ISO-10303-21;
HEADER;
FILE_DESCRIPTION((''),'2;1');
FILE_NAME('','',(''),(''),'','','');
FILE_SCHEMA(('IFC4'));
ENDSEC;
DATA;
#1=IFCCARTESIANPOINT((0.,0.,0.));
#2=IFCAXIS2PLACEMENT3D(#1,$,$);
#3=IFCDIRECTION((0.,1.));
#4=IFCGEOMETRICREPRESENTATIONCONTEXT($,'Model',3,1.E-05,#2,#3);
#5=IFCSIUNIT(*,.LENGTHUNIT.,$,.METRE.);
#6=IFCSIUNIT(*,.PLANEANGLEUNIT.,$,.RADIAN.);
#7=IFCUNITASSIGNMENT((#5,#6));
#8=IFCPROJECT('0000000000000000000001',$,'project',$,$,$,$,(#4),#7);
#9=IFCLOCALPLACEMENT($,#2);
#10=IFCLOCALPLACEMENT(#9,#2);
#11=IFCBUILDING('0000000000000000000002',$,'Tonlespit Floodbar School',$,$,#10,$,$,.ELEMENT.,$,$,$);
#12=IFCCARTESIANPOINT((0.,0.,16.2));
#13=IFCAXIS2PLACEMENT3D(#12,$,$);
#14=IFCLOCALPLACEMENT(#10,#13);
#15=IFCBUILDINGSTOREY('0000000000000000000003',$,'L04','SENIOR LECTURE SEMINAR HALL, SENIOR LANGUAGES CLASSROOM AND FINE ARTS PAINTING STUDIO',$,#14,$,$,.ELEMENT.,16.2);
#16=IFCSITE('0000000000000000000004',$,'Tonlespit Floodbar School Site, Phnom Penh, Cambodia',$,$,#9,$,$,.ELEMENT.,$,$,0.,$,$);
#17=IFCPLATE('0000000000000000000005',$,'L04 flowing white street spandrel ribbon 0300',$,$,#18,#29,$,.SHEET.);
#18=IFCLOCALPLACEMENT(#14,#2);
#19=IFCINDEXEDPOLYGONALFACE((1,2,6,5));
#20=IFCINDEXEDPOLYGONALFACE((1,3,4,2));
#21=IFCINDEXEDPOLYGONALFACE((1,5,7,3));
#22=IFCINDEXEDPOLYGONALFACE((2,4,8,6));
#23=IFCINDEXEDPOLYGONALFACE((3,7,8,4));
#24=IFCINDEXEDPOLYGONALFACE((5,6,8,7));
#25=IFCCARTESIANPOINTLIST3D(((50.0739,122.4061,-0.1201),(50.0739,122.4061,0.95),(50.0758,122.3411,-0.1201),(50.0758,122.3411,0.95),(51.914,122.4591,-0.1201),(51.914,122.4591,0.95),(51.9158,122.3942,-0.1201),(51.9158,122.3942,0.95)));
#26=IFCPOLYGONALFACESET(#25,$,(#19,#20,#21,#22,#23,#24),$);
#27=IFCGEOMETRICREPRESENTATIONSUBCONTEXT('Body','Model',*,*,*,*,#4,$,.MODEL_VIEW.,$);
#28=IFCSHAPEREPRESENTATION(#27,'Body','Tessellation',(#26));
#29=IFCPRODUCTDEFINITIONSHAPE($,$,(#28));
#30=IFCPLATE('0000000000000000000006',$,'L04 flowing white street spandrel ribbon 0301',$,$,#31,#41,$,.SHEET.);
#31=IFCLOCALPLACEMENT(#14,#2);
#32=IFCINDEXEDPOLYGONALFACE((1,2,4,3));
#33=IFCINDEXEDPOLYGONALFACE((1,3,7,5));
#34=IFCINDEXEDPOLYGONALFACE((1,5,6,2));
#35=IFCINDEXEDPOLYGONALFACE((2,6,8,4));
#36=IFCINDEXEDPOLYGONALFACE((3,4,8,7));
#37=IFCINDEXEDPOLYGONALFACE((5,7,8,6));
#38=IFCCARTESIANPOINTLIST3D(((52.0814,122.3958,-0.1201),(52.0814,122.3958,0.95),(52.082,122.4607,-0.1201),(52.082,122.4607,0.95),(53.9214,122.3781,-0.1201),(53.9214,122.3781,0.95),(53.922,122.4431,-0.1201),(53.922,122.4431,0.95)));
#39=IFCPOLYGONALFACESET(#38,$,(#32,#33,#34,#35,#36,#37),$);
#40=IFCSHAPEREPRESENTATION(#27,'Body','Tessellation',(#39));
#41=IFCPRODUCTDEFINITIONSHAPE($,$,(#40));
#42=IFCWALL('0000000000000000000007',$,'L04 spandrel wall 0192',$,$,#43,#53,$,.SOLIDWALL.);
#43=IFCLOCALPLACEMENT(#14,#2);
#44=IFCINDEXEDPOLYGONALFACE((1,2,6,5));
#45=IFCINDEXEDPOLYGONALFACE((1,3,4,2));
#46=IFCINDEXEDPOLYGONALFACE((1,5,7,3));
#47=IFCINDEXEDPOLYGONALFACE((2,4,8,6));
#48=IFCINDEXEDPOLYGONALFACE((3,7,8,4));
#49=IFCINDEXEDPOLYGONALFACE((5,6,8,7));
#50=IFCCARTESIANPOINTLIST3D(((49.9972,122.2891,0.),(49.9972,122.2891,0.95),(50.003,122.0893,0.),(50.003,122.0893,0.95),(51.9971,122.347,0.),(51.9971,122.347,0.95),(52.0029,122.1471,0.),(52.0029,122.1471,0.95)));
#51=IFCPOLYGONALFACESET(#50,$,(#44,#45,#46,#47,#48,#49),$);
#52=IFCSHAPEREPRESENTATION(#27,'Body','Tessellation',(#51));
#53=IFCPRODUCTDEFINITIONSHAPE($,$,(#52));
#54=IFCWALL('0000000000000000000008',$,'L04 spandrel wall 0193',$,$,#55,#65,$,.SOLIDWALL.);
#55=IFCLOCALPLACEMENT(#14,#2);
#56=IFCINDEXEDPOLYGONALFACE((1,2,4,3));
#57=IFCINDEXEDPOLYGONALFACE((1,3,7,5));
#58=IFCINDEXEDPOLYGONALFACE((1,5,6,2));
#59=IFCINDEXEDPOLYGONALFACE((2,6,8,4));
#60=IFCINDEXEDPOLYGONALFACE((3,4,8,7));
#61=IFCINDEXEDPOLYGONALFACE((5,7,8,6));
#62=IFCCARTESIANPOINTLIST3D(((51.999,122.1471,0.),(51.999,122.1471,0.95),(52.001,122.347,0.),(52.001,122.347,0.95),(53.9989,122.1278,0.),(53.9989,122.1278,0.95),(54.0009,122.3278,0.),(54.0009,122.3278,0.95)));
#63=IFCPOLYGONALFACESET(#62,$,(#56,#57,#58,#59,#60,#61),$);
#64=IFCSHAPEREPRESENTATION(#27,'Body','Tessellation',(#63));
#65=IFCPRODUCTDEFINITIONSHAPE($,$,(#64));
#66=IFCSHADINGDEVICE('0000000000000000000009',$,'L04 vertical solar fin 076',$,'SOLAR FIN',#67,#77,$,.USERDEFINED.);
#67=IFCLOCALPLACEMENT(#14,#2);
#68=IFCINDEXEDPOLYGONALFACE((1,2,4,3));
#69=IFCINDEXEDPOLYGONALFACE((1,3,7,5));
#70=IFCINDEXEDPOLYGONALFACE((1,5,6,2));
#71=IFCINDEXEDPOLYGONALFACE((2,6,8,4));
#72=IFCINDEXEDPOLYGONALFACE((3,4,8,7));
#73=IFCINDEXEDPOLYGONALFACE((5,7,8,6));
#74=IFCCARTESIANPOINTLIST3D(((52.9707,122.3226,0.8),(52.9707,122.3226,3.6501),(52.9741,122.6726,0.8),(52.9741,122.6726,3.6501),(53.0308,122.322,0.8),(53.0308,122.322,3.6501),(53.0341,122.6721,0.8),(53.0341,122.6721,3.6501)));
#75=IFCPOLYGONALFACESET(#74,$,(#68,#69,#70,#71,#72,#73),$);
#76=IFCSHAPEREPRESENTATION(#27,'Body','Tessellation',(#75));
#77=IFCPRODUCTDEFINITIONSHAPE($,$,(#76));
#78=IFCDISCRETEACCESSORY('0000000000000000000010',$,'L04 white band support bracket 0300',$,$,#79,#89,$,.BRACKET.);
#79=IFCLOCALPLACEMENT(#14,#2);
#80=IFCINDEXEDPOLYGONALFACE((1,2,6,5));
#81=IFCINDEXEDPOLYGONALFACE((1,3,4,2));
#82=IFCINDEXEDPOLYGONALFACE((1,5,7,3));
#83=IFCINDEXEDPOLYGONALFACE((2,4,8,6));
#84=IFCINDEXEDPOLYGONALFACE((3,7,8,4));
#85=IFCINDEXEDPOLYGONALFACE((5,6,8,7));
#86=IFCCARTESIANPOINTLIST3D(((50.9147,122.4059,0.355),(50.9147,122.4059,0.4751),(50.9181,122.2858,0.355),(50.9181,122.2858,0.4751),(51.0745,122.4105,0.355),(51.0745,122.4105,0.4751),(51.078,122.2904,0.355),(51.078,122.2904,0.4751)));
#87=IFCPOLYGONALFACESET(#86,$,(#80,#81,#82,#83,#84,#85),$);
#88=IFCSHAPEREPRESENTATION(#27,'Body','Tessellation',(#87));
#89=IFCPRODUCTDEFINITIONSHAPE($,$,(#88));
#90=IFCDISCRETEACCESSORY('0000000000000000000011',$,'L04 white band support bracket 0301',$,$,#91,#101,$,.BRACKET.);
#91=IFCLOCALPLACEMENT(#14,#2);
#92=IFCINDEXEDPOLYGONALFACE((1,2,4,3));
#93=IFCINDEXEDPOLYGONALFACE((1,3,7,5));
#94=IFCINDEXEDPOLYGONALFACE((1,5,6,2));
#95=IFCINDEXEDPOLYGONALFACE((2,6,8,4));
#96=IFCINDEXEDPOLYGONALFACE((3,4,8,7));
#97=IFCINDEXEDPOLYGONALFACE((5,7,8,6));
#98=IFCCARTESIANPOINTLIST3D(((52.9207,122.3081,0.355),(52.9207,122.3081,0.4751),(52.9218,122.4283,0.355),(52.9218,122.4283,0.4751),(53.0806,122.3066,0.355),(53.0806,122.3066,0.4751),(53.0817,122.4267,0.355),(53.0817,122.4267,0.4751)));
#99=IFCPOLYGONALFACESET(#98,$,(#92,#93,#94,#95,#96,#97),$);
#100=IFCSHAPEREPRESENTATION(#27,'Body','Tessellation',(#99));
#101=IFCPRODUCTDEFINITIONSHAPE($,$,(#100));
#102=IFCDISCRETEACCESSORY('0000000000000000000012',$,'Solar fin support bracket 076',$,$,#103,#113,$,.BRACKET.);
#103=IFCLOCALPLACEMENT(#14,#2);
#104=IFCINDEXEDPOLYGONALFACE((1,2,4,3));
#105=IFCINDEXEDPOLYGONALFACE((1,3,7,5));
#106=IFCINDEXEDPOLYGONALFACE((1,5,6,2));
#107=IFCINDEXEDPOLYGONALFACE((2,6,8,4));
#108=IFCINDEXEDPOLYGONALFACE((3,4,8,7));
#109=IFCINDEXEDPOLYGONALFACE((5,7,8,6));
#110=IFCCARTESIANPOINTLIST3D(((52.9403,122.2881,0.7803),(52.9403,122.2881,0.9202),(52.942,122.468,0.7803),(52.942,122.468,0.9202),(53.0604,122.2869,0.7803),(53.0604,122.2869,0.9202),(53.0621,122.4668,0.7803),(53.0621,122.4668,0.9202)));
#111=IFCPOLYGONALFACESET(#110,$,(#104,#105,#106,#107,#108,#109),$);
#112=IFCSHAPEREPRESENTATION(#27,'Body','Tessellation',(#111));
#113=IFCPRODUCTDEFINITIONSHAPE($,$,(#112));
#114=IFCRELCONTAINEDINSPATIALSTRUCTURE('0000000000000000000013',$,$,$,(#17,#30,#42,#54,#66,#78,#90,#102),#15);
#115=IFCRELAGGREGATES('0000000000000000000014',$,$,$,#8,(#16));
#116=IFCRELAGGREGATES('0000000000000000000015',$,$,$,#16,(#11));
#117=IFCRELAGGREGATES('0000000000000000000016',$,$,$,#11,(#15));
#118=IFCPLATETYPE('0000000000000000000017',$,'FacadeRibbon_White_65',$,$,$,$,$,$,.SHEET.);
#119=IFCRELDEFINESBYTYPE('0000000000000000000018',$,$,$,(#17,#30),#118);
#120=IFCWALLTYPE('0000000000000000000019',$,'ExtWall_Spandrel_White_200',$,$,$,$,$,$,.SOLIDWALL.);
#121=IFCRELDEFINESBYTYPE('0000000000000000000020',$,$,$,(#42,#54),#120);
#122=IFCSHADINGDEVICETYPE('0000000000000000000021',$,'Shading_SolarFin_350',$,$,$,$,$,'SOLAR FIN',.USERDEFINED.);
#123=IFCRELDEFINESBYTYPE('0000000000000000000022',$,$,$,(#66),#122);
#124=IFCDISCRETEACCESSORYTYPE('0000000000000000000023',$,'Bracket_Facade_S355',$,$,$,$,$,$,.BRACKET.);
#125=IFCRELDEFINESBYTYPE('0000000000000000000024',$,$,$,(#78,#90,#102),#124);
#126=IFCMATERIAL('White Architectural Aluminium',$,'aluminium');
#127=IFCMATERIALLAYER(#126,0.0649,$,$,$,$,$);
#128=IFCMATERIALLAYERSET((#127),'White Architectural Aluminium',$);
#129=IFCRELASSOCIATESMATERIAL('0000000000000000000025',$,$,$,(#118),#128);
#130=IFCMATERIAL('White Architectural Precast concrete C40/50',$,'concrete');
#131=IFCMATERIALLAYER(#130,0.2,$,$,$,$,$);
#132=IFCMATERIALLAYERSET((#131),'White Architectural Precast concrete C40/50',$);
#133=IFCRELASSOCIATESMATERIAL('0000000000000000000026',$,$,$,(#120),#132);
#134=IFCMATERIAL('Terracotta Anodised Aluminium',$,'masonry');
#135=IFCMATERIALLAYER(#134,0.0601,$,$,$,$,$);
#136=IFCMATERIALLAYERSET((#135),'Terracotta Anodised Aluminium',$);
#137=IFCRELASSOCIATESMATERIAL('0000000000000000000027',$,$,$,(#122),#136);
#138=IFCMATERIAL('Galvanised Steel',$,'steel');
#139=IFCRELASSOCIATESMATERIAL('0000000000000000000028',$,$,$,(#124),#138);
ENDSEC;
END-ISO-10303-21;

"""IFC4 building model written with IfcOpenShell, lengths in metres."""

from ifc_helpers import new_model, si_unit, direction, frame, frame_2d, origin, origin_2d, place, context, subcontext, project, spatial, rectangle, extrude, material, layer, layer_set, type_object, element, save


model = new_model("IFC4")

# Units and contexts
model_context = context("Model", 3, precision=1e-05, world=origin(), true_north=direction((0.0, 1.0)))
body_context = subcontext(model_context, "Body", "Model", "MODEL_VIEW")
ifc_project = project(units=[si_unit("LENGTHUNIT", "METRE"), si_unit("PLANEANGLEUNIT", "RADIAN")], contexts=[model_context])

# Site, building, storey
site_placement = place(None, origin())
site = spatial("IfcSite", under=ifc_project, at=site_placement, Name="Tonlespit Floodbar School Site, Phnom Penh, Cambodia", CompositionType="ELEMENT", RefElevation=0.0)
building_placement = place(site_placement, origin())
building = spatial("IfcBuilding", under=site, at=building_placement, Name="Tonlespit Floodbar School", CompositionType="ELEMENT")
storey_placement = place(building_placement, frame((0.0, 0.0, 16.2)))
storey = spatial("IfcBuildingStorey", under=building, at=storey_placement, Name="L04", Description="SENIOR LECTURE SEMINAR HALL, SENIOR LANGUAGES CLASSROOM AND FINE ARTS PAINTING STUDIO", CompositionType="ELEMENT", Elevation=16.2)

# Plates
ifc_material_1 = material(Name="White Architectural Aluminium", Category="aluminium")
ifc_layer_1 = layer(ifc_material_1, 0.0649)
ifc_layer_set_1 = layer_set([ifc_layer_1], Name="White Architectural Aluminium")
plate_type_1 = type_object("IfcPlateType", Name="FacadeRibbon_White_65", PredefinedType="SHEET", material=ifc_layer_set_1)
plate_1_placement = place(storey_placement, frame((50.9949, 122.4001, -0.1201), z_axis=(0.0, 0.0, 1.0), x_axis=(0.999584, 0.028838, 0.0)))
element("IfcPlate", 1, at=plate_1_placement, inside=storey, type_object=plate_type_1, Name="L04 flowing white street spandrel ribbon 0300", PredefinedType="SHEET", context=body_context, shape_type="SweptSolid", body=[
    extrude(rectangle(XDim=1.8408, YDim=0.0649, at=origin_2d()), origin(), (0.0, 0.0, 1.0), 1.0701),
])
plate_2_placement = place(storey_placement, frame((53.0017, 122.4194, -0.1201), z_axis=(0.0, 0.0, 1.0), x_axis=(0.999954, -0.009599, 0.0)))
element("IfcPlate", 2, at=plate_2_placement, inside=storey, type_object=plate_type_1, Name="L04 flowing white street spandrel ribbon 0301", PredefinedType="SHEET", context=body_context, shape_type="SweptSolid", body=[
    extrude(rectangle(XDim=1.8401, YDim=0.0649, at=origin_2d()), origin(), (0.0, 0.0, 1.0), 1.0701),
])

# Walls
ifc_material_2 = material(Name="White Architectural Precast concrete C40/50", Category="concrete")
ifc_layer_2 = layer(ifc_material_2, 0.2)
ifc_layer_set_2 = layer_set([ifc_layer_2], Name="White Architectural Precast concrete C40/50")
wall_type = type_object("IfcWallType", Name="ExtWall_Spandrel_White_200", PredefinedType="SOLIDWALL", material=ifc_layer_set_2)
wall_1_placement = place(storey_placement, frame((50.0, 122.1892, 0.0), z_axis=(0.0, 0.0, 1.0), x_axis=(0.999582, 0.028919, 0.0)))
element("IfcWall", 3, at=wall_1_placement, inside=storey, type_object=wall_type, Name="L04 spandrel wall 0192", PredefinedType="SOLIDWALL", context=body_context, shape_type="SweptSolid", body=[
    extrude(rectangle(XDim=2.0007, YDim=0.2, at=frame_2d((1.0005, 0.0))), origin(), (0.0, 0.0, 1.0), 0.95),
])
wall_2_placement = place(storey_placement, frame((52.0, 122.2471, 0.0), z_axis=(0.0, 0.0, 1.0), x_axis=(0.999954, -0.009643, 0.0)))
element("IfcWall", 4, at=wall_2_placement, inside=storey, type_object=wall_type, Name="L04 spandrel wall 0193", PredefinedType="SOLIDWALL", context=body_context, shape_type="SweptSolid", body=[
    extrude(rectangle(XDim=2.0, YDim=0.2, at=frame_2d((1.0, 0.0))), origin(), (0.0, 0.0, 1.0), 0.95),
])

# Shading device
ifc_material_3 = material(Name="Terracotta Anodised Aluminium", Category="masonry")
ifc_layer_3 = layer(ifc_material_3, 0.0601)
ifc_layer_set_3 = layer_set([ifc_layer_3], Name="Terracotta Anodised Aluminium")
shading_device_type = type_object("IfcShadingDeviceType", Name="Shading_SolarFin_350", ElementType="SOLAR FIN", PredefinedType="USERDEFINED", material=ifc_layer_set_3)
shading_device_placement = place(storey_placement, frame((53.0024, 122.4973, 0.8), z_axis=(0.0, 0.0, 1.0), x_axis=(0.999954, -0.009599, 0.0)))
element("IfcShadingDevice", 5, at=shading_device_placement, inside=storey, type_object=shading_device_type, Name="L04 vertical solar fin 076", ObjectType="SOLAR FIN", PredefinedType="USERDEFINED", context=body_context, shape_type="SweptSolid", body=[
    extrude(rectangle(XDim=0.0601, YDim=0.3501, at=origin_2d()), origin(), (0.0, 0.0, 1.0), 2.8501),
])

# Discrete accessories
ifc_material_4 = material(Name="Galvanised Steel", Category="steel")
discrete_accessory_type = type_object("IfcDiscreteAccessoryType", Name="Bracket_Facade_S355", PredefinedType="BRACKET", material=ifc_material_4)
for number, where, z_axis, x_axis, name in (
    (6, (50.9963, 122.3481, 0.355), (0.0, 0.0, 1.0), (0.999584, 0.028838, 0.0), "L04 white band support bracket 0300"),
    (7, (53.0012, 122.3674, 0.355), (0.0, 0.0, 1.0), (0.999954, -0.009599, 0.0), "L04 white band support bracket 0301"),
):
    element("IfcDiscreteAccessory", number, at=place(storey_placement, frame(where, z_axis=z_axis, x_axis=x_axis)), inside=storey, type_object=discrete_accessory_type, Name=name, PredefinedType="BRACKET", context=body_context, shape_type="SweptSolid", body=[
        extrude(rectangle(XDim=0.1599, YDim=0.1201, at=origin_2d()), origin(), (0.0, 0.0, 1.0), 0.1201),
    ])
discrete_accessory_placement = place(storey_placement, frame((53.0012, 122.3774, 0.7803), z_axis=(0.0, 0.0, 1.0), x_axis=(0.999954, -0.009599, 0.0)))
element("IfcDiscreteAccessory", 8, at=discrete_accessory_placement, inside=storey, type_object=discrete_accessory_type, Name="Solar fin support bracket 076", PredefinedType="BRACKET", context=body_context, shape_type="SweptSolid", body=[
    extrude(rectangle(XDim=0.1201, YDim=0.1799, at=origin_2d()), origin(), (0.0, 0.0, 1.0), 0.1399),
])

save(model, "model.ifc")
